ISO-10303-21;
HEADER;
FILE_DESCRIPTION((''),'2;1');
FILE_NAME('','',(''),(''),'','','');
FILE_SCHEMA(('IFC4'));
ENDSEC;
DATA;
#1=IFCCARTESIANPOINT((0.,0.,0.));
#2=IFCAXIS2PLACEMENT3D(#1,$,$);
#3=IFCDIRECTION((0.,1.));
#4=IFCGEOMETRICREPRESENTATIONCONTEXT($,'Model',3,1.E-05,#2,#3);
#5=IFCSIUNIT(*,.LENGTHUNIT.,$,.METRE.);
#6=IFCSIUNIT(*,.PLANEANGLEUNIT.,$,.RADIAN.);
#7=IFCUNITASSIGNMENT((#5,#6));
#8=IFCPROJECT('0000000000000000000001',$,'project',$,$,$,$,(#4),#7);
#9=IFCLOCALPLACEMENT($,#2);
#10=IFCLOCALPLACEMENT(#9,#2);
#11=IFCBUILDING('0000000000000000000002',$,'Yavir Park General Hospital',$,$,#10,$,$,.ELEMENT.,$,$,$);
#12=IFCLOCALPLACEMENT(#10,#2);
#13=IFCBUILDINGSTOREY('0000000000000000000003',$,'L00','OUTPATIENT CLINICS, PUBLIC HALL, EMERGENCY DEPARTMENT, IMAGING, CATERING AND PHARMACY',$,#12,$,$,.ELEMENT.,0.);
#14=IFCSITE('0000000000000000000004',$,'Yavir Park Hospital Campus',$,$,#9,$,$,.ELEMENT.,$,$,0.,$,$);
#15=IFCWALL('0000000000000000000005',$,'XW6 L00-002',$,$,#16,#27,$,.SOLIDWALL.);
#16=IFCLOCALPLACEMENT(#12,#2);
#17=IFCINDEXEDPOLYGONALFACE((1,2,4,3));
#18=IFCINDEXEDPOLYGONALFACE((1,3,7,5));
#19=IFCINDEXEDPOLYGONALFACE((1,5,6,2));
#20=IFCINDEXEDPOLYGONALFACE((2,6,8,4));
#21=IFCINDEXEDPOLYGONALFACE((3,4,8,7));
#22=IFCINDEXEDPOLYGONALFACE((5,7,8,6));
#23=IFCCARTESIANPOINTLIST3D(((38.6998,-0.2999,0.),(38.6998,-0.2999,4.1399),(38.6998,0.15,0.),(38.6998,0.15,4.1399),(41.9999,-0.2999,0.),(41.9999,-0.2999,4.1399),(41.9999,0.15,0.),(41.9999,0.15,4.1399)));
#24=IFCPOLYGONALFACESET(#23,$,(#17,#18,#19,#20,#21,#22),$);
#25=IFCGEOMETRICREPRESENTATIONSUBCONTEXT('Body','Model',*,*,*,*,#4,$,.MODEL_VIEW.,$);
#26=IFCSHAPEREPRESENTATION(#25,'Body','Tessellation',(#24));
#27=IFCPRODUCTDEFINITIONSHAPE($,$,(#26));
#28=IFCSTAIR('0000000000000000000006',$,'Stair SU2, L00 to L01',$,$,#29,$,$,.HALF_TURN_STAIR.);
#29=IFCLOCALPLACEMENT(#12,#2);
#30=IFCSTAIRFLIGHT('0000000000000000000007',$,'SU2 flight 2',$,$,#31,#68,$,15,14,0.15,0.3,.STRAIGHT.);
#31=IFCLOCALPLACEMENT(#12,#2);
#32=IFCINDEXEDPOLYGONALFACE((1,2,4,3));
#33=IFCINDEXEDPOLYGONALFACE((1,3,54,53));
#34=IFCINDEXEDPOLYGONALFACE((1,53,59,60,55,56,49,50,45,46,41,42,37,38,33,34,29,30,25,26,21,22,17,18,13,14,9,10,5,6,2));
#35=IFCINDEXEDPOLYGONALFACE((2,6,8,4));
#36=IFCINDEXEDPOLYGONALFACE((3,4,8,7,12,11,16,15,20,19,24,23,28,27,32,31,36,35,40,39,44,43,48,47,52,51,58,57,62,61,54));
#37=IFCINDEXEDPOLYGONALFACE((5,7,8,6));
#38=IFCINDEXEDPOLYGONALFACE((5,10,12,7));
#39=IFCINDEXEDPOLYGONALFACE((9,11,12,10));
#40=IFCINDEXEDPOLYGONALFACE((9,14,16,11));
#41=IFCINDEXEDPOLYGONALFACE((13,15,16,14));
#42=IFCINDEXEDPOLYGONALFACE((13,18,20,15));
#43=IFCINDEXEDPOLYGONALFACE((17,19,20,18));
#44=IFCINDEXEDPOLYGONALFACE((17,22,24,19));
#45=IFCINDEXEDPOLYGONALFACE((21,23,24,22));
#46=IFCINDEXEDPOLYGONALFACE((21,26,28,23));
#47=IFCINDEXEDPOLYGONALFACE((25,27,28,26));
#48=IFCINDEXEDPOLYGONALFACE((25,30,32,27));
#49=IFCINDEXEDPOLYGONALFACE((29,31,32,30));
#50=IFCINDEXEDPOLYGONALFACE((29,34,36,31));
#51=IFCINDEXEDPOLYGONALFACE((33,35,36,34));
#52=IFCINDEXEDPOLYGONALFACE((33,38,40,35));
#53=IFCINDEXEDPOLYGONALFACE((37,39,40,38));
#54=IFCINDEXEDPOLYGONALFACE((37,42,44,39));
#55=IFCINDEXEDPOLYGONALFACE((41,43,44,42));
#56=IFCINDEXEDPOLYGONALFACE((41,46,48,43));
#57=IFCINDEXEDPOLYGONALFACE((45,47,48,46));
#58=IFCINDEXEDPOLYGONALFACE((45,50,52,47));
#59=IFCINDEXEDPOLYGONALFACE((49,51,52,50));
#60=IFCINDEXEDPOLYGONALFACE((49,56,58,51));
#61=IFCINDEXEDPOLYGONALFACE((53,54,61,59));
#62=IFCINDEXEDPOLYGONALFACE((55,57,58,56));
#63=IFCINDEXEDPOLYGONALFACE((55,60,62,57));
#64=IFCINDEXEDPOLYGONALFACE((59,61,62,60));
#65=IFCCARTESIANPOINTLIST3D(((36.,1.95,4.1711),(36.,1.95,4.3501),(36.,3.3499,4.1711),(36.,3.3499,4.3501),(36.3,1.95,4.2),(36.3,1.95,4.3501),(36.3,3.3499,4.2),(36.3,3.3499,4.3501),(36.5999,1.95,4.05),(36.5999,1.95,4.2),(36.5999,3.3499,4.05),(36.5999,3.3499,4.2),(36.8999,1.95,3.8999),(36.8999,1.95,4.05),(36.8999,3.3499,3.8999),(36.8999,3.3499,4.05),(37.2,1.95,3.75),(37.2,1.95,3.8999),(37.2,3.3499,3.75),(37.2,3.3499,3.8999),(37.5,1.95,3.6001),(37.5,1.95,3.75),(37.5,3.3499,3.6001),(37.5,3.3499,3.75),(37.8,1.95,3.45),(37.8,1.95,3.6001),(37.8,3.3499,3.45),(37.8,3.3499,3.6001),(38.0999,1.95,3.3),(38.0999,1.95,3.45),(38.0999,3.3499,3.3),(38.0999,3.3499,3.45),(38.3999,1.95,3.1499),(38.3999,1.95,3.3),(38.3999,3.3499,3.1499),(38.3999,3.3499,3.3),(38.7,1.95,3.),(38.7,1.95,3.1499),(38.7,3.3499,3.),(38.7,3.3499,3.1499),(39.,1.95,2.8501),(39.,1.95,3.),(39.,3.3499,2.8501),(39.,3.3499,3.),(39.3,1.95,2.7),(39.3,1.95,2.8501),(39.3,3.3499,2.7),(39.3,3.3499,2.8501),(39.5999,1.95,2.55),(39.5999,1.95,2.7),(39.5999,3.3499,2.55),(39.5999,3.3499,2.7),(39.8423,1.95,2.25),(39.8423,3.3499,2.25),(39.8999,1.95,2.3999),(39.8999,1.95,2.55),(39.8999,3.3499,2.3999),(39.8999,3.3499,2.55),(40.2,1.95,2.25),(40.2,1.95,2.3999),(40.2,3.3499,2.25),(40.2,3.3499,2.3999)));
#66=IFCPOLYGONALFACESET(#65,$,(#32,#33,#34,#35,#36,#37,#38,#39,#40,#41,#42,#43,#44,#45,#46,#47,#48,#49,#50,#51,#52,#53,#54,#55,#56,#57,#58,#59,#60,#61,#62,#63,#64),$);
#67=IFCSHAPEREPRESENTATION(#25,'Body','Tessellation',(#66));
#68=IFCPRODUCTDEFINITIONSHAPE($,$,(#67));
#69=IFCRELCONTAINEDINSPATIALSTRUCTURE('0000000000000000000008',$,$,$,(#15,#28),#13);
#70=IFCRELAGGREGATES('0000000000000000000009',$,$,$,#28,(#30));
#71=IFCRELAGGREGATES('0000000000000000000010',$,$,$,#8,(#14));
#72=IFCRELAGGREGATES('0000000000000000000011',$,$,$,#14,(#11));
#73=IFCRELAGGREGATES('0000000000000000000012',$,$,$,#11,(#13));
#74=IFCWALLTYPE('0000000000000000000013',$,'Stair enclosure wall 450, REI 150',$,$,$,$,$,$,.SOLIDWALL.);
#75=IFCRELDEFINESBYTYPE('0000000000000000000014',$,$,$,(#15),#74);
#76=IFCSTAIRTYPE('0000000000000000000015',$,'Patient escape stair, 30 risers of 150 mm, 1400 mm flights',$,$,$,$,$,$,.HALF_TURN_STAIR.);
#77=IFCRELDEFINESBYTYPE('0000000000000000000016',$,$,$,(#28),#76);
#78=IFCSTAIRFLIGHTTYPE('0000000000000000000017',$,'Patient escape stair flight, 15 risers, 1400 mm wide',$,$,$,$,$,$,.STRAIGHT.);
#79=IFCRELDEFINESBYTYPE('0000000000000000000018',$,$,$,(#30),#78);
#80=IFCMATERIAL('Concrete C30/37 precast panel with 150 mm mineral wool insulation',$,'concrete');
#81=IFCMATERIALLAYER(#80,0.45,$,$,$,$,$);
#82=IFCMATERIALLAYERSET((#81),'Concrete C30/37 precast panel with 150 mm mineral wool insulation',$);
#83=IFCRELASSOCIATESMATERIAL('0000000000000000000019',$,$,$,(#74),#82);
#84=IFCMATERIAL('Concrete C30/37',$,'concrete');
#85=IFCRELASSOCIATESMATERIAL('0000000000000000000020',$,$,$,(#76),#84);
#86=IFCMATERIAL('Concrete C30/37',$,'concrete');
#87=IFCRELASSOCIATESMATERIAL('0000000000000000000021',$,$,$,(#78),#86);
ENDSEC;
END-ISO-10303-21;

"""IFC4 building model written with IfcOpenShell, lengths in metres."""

from ifc_helpers import new_model, si_unit, direction, frame, frame_2d, origin, place, context, subcontext, project, spatial, polyline, rectangle, outline, extrude, material, layer, layer_set, type_object, element, aggregate, save


model = new_model("IFC4")

# Units and contexts
model_context = context("Model", 3, precision=1e-05, world=origin(), true_north=direction((0.0, 1.0)))
body_context = subcontext(model_context, "Body", "Model", "MODEL_VIEW")
ifc_project = project(units=[si_unit("LENGTHUNIT", "METRE"), si_unit("PLANEANGLEUNIT", "RADIAN")], contexts=[model_context])

# Site, building, storey
site_placement = place(None, origin())
site = spatial("IfcSite", under=ifc_project, at=site_placement, Name="Yavir Park Hospital Campus", CompositionType="ELEMENT", RefElevation=0.0)
building_placement = place(site_placement, origin())
building = spatial("IfcBuilding", under=site, at=building_placement, Name="Yavir Park General Hospital", CompositionType="ELEMENT")
storey_placement = place(building_placement, origin())
storey = spatial("IfcBuildingStorey", under=building, at=storey_placement, Name="L00", Description="OUTPATIENT CLINICS, PUBLIC HALL, EMERGENCY DEPARTMENT, IMAGING, CATERING AND PHARMACY", CompositionType="ELEMENT", Elevation=0.0)

# Wall
ifc_material_1 = material(Name="Concrete C30/37 precast panel with 150 mm mineral wool insulation", Category="concrete")
ifc_layer_1 = layer(ifc_material_1, 0.45)
ifc_layer_set_1 = layer_set([ifc_layer_1], Name="Concrete C30/37 precast panel with 150 mm mineral wool insulation")
wall_type_1 = type_object("IfcWallType", Name="Stair enclosure wall 450, REI 150", PredefinedType="SOLIDWALL", material=ifc_layer_set_1)
wall_1_placement = place(storey_placement, frame((38.7, -0.075, 0.0), z_axis=(0.0, 0.0, 1.0), x_axis=(1.0, 0.0, 0.0)))
element("IfcWall", 1, at=wall_1_placement, inside=storey, type_object=wall_type_1, Name="XW6 L00-002", PredefinedType="SOLIDWALL", context=body_context, shape_type="SweptSolid", body=[
    extrude(rectangle(XDim=3.3, YDim=0.45, at=frame_2d((1.6499, 0.0))), origin(), (0.0, 0.0, 1.0), 4.1399),
])

# Stair, stair flight
ifc_material_2 = material(Name="Concrete C30/37", Category="concrete")
stair_type = type_object("IfcStairType", Name="Patient escape stair, 30 risers of 150 mm, 1400 mm flights", PredefinedType="HALF_TURN_STAIR", material=ifc_material_2)
stair_placement = place(storey_placement, origin())
stair = element("IfcStair", 2, at=stair_placement, inside=storey, type_object=stair_type, Name="Stair SU2, L00 to L01", PredefinedType="HALF_TURN_STAIR")
ifc_material_3 = material(Name="Concrete C30/37", Category="concrete")
stair_flight_type = type_object("IfcStairFlightType", Name="Patient escape stair flight, 15 risers, 1400 mm wide", PredefinedType="STRAIGHT", material=ifc_material_3)
stair_flight_placement = place(storey_placement, frame((40.2, 2.6499, 2.25), z_axis=(0.0, 0.0, 1.0), x_axis=(-1.0, 0.0, 0.0)))
stair_flight = element("IfcStairFlight", 3, at=stair_flight_placement, type_object=stair_flight_type, Name="SU2 flight 2", NumberOfRisers=15, NumberOfTreads=14, PredefinedType="STRAIGHT", RiserHeight=0.15, TreadLength=0.3, context=body_context, shape_type="SweptSolid", body=[
    extrude(outline(polyline([(0.0, 0.0), (0.0, 0.1499), (0.3, 0.1499), (0.3, 0.3), (0.6001, 0.3), (0.6001, 0.45), (0.8999, 0.45), (0.8999, 0.6001), (1.2, 0.6001), (1.2, 0.75), (1.5, 0.75), (1.5, 0.8999), (1.8, 0.8999), (1.8, 1.05), (2.1001, 1.05), (2.1001, 1.2), (2.3999, 1.2), (2.3999, 1.3501), (2.7, 1.3501), (2.7, 1.5), (3.0, 1.5), (3.0, 1.6499), (3.3, 1.6499), (3.3, 1.8), (3.6001, 1.8), (3.6001, 1.95), (3.8999, 1.95), (3.8999, 2.1001), (4.2, 2.1001), (4.2, 2.25), (4.2, 1.9211), (0.3577, 0.0), (0.0, 0.0)])), frame((0.0, 0.7, 0.0), z_axis=(0.0, -1.0, 0.0), x_axis=(1.0, 0.0, 0.0)), (0.0, 0.0, 1.0), 1.3999),
])
aggregate(stair, [stair_flight])

save(model, "model.ifc")
